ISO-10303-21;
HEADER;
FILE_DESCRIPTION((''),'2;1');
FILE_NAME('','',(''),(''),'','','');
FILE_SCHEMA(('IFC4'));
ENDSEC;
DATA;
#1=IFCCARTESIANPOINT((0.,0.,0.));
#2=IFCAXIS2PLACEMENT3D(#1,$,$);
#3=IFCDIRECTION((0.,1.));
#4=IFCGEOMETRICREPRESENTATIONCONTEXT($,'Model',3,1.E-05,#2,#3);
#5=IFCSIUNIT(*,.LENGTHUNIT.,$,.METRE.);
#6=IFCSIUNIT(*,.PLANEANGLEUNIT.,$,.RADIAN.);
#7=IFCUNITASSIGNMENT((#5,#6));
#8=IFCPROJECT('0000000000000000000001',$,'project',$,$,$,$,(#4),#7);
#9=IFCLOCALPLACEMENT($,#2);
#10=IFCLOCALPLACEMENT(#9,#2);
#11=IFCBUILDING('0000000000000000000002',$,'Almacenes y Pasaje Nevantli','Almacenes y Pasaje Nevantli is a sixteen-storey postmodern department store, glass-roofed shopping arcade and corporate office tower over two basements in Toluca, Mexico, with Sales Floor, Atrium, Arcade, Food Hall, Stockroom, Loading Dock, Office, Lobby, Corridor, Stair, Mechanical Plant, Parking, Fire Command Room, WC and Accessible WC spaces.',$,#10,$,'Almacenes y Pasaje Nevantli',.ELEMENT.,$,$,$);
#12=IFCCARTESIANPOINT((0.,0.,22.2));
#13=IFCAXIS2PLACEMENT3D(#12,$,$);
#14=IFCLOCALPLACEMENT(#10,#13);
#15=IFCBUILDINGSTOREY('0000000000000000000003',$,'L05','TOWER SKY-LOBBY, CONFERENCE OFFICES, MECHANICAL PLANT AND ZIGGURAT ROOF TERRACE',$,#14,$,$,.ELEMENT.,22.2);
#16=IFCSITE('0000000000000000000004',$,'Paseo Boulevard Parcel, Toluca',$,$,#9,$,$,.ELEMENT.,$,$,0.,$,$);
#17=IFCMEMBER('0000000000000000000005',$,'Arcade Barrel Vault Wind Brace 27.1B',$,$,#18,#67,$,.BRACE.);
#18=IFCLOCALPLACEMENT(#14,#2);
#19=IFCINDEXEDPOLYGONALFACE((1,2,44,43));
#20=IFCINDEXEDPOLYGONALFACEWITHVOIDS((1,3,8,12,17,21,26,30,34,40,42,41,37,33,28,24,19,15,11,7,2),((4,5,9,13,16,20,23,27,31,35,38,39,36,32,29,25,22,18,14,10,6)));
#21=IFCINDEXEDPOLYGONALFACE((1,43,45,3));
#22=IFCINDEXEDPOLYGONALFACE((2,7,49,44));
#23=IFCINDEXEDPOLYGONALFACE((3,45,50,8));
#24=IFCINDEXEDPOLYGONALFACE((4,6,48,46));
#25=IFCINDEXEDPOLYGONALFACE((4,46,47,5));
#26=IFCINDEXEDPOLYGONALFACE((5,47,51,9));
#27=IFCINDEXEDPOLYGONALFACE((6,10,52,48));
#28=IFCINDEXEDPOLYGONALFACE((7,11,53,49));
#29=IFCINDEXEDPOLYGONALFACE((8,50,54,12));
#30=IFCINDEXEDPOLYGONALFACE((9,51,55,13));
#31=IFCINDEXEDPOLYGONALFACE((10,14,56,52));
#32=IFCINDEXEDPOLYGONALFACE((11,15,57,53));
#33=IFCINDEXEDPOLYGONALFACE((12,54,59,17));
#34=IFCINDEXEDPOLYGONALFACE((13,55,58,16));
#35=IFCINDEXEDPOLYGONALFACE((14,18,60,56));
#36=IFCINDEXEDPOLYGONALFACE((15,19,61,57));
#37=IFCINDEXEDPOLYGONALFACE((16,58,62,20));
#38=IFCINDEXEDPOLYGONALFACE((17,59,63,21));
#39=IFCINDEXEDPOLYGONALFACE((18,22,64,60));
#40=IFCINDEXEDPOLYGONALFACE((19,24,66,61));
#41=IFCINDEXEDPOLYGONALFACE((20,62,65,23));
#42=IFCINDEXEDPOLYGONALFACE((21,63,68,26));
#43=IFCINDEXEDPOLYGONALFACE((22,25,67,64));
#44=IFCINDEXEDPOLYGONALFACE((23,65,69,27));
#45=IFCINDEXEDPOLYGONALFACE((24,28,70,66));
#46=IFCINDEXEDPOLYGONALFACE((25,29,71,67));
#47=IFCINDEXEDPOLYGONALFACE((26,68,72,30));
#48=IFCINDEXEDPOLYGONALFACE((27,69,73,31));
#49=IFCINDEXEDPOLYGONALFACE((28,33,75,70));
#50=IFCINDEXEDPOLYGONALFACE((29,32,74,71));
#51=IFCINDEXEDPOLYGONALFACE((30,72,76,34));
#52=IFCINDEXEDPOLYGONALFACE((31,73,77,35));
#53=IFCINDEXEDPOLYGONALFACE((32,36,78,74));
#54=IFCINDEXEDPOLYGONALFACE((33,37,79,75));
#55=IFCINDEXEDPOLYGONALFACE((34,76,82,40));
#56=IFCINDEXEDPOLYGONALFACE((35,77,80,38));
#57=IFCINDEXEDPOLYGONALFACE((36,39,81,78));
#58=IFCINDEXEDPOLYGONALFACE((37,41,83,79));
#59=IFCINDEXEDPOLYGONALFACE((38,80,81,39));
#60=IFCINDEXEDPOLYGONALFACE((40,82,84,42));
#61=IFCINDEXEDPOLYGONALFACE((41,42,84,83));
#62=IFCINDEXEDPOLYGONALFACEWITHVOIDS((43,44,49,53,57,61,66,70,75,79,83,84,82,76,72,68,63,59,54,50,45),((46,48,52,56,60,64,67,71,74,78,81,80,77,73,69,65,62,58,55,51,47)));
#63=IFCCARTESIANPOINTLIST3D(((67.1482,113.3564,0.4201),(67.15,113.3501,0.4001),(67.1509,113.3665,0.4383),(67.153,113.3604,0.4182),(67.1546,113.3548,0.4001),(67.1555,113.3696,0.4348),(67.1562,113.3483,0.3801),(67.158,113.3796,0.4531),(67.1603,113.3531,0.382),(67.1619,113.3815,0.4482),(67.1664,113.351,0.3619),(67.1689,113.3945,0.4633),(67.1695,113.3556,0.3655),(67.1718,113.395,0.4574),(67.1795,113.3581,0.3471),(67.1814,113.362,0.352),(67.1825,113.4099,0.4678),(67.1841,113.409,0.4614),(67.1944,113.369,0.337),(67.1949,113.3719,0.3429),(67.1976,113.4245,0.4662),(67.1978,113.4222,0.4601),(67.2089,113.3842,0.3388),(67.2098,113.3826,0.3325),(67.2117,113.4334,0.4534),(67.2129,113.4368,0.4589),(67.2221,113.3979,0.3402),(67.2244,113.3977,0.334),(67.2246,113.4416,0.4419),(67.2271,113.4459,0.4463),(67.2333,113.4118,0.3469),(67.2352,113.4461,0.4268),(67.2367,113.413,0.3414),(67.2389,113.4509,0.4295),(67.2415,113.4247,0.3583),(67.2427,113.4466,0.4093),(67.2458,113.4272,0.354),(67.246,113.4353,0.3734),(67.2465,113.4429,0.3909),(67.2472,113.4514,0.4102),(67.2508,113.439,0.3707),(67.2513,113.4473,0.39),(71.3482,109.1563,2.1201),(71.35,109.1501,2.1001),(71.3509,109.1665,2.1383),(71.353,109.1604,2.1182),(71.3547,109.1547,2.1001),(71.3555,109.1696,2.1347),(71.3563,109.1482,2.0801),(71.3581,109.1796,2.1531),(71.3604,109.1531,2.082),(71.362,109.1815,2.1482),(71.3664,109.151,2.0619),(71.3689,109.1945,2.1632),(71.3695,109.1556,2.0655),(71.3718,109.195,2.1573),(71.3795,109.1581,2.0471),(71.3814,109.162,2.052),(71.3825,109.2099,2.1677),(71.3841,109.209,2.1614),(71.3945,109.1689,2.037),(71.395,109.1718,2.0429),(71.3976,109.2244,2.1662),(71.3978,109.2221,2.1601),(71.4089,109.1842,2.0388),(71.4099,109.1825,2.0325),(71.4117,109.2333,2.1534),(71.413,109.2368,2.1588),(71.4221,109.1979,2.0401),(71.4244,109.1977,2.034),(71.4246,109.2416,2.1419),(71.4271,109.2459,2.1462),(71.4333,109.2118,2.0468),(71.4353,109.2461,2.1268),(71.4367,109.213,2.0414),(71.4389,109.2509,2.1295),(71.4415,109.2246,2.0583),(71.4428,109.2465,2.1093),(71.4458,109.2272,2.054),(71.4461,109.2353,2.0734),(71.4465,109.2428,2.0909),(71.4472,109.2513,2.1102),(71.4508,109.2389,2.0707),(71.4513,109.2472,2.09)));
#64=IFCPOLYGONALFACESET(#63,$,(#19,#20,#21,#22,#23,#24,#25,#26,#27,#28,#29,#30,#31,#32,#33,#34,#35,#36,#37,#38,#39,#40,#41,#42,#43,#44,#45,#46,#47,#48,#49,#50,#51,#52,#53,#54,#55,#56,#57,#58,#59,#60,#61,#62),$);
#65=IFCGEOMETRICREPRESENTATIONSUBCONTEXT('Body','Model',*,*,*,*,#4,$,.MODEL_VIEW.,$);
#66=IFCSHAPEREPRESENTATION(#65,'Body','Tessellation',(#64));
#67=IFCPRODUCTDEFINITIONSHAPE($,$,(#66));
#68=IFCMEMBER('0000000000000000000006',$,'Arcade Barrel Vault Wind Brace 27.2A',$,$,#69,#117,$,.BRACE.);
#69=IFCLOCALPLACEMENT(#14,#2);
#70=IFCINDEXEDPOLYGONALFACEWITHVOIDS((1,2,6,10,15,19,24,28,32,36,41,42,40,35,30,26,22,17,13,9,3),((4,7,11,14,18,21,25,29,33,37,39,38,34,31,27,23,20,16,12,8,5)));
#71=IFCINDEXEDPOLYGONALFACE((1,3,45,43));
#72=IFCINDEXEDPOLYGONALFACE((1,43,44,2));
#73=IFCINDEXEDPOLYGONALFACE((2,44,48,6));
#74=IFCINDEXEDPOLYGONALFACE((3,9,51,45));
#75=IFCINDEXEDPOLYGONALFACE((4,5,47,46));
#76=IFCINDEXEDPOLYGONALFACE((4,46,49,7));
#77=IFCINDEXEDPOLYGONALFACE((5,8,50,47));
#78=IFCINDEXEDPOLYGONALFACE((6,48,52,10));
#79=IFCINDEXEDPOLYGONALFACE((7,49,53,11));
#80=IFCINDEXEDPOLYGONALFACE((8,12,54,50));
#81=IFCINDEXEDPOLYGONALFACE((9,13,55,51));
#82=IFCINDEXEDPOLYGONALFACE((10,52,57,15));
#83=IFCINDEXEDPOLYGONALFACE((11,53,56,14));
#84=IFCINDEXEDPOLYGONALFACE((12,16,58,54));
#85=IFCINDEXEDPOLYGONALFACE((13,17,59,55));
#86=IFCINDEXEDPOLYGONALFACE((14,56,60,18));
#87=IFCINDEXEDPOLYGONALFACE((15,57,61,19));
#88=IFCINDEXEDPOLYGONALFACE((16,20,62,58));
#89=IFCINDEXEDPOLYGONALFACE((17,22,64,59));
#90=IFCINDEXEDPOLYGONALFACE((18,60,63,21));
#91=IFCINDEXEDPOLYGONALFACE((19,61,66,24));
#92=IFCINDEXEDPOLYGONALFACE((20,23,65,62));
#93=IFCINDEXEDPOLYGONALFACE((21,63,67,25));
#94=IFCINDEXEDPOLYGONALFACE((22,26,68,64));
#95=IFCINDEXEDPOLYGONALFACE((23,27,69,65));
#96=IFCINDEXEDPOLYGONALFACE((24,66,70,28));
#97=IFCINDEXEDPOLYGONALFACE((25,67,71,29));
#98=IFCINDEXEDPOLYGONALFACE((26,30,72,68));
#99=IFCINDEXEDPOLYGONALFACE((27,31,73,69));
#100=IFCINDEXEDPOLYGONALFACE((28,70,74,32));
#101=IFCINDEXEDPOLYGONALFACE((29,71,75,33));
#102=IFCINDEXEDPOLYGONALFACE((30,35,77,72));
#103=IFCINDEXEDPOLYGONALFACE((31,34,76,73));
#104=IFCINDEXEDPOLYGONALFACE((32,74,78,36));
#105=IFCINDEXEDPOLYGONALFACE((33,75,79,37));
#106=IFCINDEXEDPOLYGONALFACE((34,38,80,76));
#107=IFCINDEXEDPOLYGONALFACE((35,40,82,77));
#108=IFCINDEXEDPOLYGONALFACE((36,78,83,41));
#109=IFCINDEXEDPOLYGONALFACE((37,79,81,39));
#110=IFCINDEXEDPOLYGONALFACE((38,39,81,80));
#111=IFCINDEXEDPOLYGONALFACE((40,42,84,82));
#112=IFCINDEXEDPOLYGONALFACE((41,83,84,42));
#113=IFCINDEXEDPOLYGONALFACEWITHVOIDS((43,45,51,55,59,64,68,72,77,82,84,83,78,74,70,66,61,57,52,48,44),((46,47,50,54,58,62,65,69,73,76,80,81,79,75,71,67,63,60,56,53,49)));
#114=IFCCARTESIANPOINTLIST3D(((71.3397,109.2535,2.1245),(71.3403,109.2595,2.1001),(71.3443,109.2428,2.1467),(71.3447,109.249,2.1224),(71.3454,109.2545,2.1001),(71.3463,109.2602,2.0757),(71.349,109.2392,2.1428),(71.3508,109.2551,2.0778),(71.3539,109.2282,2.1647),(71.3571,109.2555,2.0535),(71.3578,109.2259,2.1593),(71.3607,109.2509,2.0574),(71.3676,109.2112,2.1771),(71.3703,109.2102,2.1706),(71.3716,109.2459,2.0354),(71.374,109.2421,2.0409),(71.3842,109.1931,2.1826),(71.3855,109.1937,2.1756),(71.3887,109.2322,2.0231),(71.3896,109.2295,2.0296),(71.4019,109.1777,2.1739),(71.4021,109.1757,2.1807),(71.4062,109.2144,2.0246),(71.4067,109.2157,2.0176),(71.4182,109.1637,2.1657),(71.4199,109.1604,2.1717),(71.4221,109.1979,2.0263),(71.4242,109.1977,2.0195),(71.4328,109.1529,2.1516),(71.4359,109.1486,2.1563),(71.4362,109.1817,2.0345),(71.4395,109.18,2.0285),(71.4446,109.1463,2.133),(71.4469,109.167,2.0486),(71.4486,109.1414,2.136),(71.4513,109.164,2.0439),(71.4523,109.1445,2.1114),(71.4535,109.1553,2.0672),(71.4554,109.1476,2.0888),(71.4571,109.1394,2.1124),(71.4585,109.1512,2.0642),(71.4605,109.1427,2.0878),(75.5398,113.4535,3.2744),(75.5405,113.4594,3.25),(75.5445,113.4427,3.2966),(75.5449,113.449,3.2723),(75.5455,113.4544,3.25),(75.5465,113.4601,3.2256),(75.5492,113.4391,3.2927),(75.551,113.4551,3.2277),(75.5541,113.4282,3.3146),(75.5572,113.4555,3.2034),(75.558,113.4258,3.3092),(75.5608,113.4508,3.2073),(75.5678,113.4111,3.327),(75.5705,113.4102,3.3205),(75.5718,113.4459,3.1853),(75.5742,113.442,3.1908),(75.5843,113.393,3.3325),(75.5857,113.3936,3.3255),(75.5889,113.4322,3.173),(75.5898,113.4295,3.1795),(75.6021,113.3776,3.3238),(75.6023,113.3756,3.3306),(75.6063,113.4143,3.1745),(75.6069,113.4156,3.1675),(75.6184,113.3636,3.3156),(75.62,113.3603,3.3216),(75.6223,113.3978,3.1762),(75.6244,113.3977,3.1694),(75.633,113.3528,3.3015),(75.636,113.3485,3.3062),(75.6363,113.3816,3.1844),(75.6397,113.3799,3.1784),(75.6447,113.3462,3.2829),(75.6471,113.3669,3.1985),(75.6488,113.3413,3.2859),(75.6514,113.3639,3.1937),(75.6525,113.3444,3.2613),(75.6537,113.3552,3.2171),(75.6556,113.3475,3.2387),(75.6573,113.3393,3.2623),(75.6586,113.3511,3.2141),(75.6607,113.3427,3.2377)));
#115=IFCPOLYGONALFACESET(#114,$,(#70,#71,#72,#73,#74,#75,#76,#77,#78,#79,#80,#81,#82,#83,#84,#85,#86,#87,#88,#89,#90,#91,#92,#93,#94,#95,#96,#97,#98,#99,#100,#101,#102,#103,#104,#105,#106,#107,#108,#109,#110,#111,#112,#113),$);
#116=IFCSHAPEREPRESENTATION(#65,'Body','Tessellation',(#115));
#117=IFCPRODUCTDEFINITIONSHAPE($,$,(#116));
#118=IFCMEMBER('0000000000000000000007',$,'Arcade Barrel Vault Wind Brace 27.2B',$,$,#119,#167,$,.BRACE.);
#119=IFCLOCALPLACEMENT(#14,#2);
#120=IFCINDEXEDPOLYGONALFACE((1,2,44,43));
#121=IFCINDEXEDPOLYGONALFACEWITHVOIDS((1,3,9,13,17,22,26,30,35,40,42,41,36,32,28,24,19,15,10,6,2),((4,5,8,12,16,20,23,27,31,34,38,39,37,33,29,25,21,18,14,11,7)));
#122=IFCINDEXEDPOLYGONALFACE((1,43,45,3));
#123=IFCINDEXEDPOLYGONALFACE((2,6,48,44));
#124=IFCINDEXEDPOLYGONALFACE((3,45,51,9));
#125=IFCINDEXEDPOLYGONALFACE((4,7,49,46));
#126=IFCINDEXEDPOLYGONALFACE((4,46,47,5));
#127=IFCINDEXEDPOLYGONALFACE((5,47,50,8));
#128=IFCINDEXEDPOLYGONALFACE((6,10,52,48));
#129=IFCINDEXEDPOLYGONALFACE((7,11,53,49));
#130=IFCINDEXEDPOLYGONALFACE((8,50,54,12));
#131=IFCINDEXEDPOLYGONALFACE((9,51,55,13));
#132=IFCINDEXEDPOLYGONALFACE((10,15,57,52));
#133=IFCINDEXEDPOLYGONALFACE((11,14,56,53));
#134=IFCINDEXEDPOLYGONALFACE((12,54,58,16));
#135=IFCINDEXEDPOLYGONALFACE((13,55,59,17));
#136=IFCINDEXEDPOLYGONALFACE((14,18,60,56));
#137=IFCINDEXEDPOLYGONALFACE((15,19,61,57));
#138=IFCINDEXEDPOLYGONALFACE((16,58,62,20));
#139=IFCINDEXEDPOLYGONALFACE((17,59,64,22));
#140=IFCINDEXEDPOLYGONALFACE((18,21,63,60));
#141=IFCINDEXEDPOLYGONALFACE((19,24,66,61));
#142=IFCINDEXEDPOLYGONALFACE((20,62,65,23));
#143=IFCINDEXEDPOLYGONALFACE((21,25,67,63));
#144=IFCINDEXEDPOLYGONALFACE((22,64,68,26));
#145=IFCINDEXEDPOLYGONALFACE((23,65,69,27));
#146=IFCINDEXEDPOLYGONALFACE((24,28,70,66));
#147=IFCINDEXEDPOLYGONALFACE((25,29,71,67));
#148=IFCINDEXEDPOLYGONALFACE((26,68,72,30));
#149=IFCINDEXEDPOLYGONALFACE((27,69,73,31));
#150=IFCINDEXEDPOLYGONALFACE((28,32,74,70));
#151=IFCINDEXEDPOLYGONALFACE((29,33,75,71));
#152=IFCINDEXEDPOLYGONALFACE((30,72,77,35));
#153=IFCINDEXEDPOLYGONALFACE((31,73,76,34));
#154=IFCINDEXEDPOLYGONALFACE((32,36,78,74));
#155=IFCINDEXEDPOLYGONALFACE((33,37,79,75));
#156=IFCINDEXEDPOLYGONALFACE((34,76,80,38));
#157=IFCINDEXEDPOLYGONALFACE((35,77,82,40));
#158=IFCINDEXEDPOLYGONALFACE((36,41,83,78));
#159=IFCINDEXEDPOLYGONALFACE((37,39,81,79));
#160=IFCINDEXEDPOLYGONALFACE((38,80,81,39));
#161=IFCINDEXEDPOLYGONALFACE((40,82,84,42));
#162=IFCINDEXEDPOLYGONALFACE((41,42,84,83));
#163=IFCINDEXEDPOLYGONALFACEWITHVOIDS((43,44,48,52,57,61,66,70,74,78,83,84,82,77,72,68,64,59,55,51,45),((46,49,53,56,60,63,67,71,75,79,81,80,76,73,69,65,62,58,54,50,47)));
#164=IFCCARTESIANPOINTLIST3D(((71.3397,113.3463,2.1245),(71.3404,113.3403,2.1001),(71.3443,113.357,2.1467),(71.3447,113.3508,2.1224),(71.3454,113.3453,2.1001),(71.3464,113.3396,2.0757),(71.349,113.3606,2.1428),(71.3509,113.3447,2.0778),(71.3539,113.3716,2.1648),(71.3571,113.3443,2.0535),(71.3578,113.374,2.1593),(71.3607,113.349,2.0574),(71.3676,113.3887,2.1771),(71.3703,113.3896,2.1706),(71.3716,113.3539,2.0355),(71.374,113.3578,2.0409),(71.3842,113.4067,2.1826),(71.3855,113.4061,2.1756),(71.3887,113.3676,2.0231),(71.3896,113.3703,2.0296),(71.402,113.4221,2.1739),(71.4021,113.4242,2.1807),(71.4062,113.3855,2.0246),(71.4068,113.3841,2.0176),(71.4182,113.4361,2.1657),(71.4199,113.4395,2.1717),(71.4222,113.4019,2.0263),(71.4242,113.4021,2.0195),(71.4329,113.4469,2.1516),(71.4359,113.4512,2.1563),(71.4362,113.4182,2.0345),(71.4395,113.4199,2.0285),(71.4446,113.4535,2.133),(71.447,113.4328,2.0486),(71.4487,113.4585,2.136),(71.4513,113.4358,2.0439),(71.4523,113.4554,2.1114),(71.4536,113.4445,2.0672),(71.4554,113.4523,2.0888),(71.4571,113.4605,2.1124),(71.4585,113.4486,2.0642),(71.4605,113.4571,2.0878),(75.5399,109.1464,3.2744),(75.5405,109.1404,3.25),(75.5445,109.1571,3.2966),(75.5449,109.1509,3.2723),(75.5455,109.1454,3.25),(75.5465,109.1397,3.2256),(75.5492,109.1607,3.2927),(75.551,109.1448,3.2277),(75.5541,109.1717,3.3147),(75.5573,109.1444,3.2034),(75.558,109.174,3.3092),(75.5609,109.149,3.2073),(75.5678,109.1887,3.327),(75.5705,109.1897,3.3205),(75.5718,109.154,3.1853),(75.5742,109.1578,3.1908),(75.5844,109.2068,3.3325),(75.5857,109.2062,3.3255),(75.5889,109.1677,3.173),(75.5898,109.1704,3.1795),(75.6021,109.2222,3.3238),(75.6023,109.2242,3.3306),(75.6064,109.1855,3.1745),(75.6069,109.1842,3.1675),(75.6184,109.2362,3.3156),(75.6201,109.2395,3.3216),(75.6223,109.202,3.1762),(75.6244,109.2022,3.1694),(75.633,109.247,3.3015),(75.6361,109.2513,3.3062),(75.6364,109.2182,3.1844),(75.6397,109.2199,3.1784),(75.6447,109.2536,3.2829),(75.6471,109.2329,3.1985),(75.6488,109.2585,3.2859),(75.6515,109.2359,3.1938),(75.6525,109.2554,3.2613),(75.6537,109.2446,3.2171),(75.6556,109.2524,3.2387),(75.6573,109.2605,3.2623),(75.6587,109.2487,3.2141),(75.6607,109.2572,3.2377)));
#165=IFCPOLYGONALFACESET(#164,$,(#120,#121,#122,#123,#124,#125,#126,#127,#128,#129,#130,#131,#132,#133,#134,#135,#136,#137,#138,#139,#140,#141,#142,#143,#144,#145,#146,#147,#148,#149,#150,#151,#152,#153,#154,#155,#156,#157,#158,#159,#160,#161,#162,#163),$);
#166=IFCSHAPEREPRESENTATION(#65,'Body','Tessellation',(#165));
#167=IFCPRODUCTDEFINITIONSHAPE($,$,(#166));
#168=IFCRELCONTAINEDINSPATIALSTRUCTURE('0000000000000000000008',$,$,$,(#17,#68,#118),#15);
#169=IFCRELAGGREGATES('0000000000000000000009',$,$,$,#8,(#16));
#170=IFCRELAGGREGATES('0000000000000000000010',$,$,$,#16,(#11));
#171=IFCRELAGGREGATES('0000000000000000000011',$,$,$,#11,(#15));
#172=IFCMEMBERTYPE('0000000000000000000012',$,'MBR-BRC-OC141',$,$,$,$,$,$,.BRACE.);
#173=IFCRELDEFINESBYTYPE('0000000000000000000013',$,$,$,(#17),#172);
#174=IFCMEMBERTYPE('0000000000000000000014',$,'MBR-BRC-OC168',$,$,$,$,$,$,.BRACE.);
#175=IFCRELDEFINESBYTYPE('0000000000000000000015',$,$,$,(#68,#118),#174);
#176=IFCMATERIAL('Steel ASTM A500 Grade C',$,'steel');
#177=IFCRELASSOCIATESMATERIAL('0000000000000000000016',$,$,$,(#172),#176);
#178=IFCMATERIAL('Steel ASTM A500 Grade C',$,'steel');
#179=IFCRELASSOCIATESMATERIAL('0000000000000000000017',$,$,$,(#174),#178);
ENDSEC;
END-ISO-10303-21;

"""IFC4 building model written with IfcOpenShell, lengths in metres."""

from ifc_helpers import new_model, si_unit, direction, frame, origin, origin_2d, place, context, subcontext, project, spatial, hollow_circle, extrude, material, material_profile, profile_set, type_object, element, save


model = new_model("IFC4")

# Units and contexts
model_context = context("Model", 3, precision=1e-05, world=origin(), true_north=direction((0.0, 1.0)))
body_context = subcontext(model_context, "Body", "Model", "MODEL_VIEW")
ifc_project = project(units=[si_unit("LENGTHUNIT", "METRE"), si_unit("PLANEANGLEUNIT", "RADIAN")], contexts=[model_context])

# Site, building, storey
site_placement = place(None, origin())
site = spatial("IfcSite", under=ifc_project, at=site_placement, Name="Paseo Boulevard Parcel, Toluca", CompositionType="ELEMENT", RefElevation=0.0)
building_placement = place(site_placement, origin())
building = spatial("IfcBuilding", under=site, at=building_placement, Name="Almacenes y Pasaje Nevantli", Description="Almacenes y Pasaje Nevantli is a sixteen-storey postmodern department store, glass-roofed shopping arcade and corporate office tower over two basements in Toluca, Mexico, with Sales Floor, Atrium, Arcade, Food Hall, Stockroom, Loading Dock, Office, Lobby, Corridor, Stair, Mechanical Plant, Parking, Fire Command Room, WC and Accessible WC spaces.", LongName="Almacenes y Pasaje Nevantli", CompositionType="ELEMENT")
storey_placement = place(building_placement, frame((0.0, 0.0, 22.2)))
storey = spatial("IfcBuildingStorey", under=building, at=storey_placement, Name="L05", Description="TOWER SKY-LOBBY, CONFERENCE OFFICES, MECHANICAL PLANT AND ZIGGURAT ROOF TERRACE", CompositionType="ELEMENT", Elevation=22.2)

# Members
ifc_material_1 = material(Name="Steel ASTM A500 Grade C", Category="steel")
ifc_material_profile_1 = material_profile(ifc_material_1, hollow_circle(Radius=0.0706, WallThickness=0.0066, at=origin_2d()), Name="OC 141x6.6")
ifc_profile_set_1 = profile_set([ifc_material_profile_1], Name="Steel ASTM A500 Grade C")
member_type_1 = type_object("IfcMemberType", Name="MBR-BRC-OC141", PredefinedType="BRACE", material=ifc_profile_set_1)
member_1_placement = place(storey_placement, frame((71.3999, 109.2, 2.1001), z_axis=(-0.679812, 0.679812, -0.275157), x_axis=(-0.707107, -0.707107, 0.0)))
element("IfcMember", 1, at=member_1_placement, inside=storey, type_object=member_type_1, Name="Arcade Barrel Vault Wind Brace 27.1B", PredefinedType="BRACE", context=body_context, shape_type="SweptSolid", body=[
    extrude(hollow_circle(Radius=0.0706, WallThickness=0.0066, at=origin_2d()), origin(), (0.0, 0.0, 1.0), 6.1782),
])
ifc_material_2 = material(Name="Steel ASTM A500 Grade C", Category="steel")
ifc_material_profile_2 = material_profile(ifc_material_2, hollow_circle(Radius=0.0842, WallThickness=0.0071, at=origin_2d()), Name="OC 168x7.1")
ifc_profile_set_2 = profile_set([ifc_material_profile_2], Name="Steel ASTM A500 Grade C")
member_type_2 = type_object("IfcMemberType", Name="MBR-BRC-OC168", PredefinedType="BRACE", material=ifc_profile_set_2)
for number, where, z_axis, x_axis, name in (
    (2, (71.3999, 109.2, 2.1001), (0.694238, 0.694197, 0.190064), (-0.707086, 0.707127, 0.0), "Arcade Barrel Vault Wind Brace 27.2A"),
    (3, (75.6001, 109.2, 3.25), (-0.694238, 0.694197, -0.190064), (-0.707086, -0.707127, 0.0), "Arcade Barrel Vault Wind Brace 27.2B"),
):
    element("IfcMember", number, at=place(storey_placement, frame(where, z_axis=z_axis, x_axis=x_axis)), inside=storey, type_object=member_type_2, Name=name, PredefinedType="BRACE", context=body_context, shape_type="SweptSolid", body=[
        extrude(hollow_circle(Radius=0.0842, WallThickness=0.0071, at=origin_2d()), origin(), (0.0, 0.0, 1.0), 6.05),
    ])

save(model, "model.ifc")
